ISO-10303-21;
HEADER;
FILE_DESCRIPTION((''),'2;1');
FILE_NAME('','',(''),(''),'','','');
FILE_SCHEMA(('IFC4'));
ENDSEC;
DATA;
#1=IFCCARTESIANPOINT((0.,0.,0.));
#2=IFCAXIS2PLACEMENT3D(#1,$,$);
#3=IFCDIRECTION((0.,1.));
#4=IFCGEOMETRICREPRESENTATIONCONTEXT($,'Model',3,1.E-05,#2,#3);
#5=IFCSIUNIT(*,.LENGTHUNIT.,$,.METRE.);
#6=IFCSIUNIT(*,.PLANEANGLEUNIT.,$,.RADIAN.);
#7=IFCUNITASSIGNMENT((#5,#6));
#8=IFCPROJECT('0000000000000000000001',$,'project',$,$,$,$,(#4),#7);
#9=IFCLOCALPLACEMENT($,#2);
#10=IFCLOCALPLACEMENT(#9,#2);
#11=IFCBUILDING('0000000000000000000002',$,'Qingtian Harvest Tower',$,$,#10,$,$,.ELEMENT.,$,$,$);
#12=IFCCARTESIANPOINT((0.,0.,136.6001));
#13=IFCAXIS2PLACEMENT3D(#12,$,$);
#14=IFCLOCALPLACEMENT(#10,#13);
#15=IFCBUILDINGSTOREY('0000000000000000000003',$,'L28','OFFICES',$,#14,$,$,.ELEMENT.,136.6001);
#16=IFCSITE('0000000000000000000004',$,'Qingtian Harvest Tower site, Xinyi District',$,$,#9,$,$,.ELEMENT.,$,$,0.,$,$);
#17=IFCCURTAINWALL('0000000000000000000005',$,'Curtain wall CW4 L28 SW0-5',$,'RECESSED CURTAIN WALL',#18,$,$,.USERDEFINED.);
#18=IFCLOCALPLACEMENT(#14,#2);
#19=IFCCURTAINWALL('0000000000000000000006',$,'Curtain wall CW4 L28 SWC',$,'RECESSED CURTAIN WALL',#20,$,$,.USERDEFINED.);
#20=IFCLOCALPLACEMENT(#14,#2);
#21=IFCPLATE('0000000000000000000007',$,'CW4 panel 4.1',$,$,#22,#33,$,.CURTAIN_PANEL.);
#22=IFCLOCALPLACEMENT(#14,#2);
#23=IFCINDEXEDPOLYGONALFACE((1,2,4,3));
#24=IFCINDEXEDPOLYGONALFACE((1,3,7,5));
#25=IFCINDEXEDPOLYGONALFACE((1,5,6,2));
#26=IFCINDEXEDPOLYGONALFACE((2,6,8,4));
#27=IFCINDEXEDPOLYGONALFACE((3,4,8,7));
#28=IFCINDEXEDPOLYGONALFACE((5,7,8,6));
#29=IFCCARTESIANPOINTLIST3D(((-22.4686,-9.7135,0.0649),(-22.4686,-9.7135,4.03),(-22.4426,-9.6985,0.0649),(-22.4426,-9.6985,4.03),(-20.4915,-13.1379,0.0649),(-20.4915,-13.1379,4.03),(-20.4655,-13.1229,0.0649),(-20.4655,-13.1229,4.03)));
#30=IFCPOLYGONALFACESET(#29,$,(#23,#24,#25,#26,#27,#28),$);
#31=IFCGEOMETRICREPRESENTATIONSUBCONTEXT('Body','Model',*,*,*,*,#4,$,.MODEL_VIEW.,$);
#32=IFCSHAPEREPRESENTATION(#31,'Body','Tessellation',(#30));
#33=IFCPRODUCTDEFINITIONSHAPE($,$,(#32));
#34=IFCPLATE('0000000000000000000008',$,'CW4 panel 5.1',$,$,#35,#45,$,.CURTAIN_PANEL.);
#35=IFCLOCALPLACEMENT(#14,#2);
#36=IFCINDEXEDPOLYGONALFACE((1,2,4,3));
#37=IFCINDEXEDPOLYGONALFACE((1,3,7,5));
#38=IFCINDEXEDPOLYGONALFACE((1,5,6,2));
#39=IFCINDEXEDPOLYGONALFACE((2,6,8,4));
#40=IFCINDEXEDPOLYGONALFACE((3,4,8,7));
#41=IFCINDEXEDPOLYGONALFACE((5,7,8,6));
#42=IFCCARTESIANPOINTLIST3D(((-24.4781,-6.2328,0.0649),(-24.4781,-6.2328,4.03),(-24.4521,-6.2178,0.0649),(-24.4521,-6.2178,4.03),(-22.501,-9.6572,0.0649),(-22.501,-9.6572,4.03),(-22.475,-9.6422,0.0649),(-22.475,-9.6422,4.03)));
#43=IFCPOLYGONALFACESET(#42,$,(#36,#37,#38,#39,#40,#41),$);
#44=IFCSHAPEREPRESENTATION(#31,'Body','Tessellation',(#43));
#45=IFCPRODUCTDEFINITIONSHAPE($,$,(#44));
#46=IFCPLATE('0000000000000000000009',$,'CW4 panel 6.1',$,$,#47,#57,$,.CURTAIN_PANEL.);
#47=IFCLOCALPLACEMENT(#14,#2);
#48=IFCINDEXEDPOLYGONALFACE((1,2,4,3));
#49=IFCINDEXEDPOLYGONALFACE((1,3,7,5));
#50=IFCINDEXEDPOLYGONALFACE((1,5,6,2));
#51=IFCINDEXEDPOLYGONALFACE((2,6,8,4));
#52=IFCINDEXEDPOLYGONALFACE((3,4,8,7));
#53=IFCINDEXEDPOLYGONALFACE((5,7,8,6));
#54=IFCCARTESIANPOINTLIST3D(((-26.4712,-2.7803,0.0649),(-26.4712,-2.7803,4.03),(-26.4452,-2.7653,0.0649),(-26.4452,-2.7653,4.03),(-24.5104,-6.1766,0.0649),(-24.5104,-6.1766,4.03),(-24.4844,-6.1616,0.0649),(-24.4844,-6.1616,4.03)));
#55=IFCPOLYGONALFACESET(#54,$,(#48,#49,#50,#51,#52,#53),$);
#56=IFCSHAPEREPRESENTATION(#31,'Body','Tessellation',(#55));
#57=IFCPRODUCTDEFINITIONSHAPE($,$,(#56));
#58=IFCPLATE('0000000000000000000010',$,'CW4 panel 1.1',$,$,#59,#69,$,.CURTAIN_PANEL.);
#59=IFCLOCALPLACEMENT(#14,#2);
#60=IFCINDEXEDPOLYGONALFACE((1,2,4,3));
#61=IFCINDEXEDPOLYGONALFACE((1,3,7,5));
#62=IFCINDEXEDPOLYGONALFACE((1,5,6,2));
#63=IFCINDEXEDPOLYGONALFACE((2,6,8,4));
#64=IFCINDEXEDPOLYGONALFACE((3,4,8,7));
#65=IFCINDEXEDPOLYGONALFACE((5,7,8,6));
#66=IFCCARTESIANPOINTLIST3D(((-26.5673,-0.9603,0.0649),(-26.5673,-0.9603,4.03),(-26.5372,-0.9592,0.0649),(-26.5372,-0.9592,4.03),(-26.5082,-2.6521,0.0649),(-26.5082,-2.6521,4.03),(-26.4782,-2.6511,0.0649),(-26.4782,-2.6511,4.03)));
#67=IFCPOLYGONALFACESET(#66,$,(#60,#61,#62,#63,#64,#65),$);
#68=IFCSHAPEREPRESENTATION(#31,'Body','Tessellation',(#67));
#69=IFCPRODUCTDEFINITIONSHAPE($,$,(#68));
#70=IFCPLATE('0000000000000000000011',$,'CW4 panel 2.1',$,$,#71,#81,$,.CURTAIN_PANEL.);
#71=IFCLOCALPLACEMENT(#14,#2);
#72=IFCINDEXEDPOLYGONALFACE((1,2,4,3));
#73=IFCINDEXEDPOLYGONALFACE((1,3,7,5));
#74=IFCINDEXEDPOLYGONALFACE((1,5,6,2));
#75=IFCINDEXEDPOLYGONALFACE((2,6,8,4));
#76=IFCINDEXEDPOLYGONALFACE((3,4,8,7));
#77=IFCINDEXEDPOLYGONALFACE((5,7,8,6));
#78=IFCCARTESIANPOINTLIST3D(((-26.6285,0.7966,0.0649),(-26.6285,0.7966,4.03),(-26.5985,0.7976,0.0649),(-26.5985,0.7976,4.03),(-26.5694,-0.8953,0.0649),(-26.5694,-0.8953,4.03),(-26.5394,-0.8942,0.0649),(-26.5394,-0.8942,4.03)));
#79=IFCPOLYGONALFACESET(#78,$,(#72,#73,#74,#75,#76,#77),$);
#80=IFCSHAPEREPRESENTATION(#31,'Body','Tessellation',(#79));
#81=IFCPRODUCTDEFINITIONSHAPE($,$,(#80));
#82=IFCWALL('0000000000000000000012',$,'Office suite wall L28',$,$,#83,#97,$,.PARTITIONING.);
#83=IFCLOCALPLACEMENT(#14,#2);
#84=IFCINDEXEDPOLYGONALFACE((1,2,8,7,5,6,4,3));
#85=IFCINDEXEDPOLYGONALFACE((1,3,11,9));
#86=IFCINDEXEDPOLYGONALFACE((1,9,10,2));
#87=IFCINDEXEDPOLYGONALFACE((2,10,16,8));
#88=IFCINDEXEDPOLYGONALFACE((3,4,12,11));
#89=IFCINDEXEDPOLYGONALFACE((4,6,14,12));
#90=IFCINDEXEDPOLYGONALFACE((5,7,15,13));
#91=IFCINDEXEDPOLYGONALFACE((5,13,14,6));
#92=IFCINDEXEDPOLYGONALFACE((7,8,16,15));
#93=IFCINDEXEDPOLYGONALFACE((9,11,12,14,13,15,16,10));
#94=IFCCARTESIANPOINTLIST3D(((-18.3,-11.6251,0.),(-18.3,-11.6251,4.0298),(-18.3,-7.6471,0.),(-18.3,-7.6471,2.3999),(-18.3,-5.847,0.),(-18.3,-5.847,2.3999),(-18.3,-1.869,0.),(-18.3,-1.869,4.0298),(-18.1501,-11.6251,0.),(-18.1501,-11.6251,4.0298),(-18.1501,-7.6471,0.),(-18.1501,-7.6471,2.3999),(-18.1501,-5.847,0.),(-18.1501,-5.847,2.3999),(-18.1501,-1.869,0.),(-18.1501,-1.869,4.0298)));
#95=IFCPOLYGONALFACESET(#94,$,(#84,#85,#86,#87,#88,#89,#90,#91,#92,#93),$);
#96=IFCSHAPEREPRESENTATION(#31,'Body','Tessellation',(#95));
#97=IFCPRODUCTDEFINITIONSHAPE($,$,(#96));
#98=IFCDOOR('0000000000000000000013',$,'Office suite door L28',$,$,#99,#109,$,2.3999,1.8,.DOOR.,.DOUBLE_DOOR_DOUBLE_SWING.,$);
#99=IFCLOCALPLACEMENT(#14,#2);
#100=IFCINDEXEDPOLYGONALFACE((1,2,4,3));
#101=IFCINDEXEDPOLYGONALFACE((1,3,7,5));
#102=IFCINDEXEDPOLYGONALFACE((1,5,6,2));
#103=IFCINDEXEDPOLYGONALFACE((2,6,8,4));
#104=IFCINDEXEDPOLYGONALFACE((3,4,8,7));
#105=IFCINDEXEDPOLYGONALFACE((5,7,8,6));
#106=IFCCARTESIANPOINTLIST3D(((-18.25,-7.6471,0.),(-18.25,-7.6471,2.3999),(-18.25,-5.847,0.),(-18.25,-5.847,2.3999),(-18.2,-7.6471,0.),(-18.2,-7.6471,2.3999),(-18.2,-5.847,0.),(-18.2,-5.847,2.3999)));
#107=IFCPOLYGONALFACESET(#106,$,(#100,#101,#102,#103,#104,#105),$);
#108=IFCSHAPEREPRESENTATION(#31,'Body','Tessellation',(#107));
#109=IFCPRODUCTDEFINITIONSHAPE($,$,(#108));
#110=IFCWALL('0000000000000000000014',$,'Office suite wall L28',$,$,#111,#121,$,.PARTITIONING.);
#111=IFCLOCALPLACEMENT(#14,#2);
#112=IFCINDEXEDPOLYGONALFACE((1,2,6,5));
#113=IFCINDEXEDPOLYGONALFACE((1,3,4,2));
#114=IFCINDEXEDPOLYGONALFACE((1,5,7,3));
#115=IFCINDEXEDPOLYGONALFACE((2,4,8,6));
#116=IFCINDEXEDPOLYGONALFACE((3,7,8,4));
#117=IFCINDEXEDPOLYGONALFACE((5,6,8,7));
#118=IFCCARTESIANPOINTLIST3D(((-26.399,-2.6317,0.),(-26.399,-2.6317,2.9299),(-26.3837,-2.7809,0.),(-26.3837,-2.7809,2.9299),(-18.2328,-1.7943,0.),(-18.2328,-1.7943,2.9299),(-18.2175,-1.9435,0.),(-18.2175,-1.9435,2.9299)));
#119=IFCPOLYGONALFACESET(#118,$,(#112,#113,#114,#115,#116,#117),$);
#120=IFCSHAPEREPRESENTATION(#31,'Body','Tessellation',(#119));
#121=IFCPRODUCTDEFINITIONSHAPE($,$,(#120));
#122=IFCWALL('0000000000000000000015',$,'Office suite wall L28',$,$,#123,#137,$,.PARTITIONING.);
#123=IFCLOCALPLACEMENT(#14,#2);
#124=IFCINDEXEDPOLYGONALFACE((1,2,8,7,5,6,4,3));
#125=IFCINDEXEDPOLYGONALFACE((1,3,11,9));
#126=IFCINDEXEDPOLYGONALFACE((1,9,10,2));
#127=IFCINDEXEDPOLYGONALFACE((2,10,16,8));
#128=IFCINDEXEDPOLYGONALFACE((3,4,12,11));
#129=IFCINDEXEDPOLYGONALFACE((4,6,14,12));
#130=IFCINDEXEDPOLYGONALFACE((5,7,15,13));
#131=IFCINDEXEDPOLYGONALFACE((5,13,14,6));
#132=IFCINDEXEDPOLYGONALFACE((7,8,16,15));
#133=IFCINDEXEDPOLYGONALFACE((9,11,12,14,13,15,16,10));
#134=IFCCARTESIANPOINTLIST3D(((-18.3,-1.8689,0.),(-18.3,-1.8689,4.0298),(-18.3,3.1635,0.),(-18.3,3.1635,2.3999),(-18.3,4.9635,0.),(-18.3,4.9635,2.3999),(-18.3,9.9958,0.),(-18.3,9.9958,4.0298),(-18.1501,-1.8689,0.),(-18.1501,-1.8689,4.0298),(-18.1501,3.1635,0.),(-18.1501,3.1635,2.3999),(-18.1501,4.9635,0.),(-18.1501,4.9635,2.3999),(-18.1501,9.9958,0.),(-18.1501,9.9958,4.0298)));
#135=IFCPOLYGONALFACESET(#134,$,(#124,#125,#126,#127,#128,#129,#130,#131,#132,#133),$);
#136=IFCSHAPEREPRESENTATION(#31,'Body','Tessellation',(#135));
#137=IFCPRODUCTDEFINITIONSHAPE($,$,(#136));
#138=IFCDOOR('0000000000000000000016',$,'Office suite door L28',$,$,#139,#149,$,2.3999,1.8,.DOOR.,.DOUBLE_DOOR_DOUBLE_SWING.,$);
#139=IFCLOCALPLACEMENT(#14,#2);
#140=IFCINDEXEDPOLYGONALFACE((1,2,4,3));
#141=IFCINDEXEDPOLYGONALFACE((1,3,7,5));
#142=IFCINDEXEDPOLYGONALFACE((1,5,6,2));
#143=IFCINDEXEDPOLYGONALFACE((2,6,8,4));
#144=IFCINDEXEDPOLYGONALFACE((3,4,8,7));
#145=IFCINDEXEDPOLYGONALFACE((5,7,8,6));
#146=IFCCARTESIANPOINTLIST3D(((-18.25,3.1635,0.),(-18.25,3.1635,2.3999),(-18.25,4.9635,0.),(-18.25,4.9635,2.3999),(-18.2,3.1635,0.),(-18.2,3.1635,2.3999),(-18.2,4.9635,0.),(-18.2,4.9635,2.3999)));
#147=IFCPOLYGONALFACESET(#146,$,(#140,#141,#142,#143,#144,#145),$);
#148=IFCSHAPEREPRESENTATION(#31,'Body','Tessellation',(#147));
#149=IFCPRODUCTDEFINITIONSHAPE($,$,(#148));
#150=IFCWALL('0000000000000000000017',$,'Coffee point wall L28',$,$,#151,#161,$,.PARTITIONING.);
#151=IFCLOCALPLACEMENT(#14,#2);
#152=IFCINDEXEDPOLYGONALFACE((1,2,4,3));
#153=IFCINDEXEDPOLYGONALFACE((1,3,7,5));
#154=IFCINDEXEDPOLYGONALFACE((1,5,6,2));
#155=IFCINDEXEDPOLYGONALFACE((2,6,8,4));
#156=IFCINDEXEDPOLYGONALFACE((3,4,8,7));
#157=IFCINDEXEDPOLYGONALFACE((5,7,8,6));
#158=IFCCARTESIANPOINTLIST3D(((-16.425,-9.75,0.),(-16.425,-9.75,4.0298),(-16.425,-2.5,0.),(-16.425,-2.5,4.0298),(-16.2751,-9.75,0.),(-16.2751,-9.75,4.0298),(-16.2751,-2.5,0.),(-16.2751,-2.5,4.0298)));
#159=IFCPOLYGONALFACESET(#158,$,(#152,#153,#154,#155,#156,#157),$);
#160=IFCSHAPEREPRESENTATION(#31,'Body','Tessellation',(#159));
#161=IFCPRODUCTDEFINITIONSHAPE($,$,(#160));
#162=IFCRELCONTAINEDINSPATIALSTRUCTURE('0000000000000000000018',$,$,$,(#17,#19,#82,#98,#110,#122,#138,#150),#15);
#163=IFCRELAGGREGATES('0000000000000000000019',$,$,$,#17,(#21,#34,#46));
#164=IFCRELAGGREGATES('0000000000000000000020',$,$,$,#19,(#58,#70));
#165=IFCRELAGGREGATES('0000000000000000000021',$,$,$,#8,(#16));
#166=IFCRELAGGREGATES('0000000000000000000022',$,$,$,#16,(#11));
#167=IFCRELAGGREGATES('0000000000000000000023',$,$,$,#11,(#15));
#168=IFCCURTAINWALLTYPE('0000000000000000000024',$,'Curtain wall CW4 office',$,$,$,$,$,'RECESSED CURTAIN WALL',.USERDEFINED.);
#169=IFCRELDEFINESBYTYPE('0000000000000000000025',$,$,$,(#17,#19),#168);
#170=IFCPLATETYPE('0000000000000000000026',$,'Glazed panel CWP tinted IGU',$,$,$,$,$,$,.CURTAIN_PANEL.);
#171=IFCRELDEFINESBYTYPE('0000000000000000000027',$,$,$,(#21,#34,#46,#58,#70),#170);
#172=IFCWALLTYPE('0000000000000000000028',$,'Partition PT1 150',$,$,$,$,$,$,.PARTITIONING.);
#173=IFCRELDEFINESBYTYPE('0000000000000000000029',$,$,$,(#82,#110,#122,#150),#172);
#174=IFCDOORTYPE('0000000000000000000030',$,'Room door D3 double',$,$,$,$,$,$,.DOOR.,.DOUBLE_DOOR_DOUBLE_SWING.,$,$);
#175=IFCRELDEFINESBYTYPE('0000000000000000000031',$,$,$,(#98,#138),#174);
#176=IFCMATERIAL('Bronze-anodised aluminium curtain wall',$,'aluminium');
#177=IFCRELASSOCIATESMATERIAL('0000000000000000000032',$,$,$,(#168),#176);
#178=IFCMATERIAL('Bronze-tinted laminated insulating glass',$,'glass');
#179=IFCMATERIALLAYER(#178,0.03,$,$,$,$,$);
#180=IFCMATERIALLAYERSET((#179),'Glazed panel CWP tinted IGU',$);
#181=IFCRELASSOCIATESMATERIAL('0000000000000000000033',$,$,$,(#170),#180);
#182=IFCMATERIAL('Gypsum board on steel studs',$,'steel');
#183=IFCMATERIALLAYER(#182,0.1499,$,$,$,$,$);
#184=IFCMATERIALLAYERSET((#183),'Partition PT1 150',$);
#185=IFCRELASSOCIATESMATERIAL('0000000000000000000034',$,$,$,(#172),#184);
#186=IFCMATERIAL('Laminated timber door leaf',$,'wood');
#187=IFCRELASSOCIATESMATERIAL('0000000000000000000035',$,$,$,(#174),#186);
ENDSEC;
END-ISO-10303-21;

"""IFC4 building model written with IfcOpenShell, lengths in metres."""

from ifc_helpers import new_model, si_unit, direction, frame, frame_2d, origin, origin_2d, place, context, subcontext, project, spatial, rectangle, extrude, material, layer, layer_set, type_object, element, fill, aggregate, save


model = new_model("IFC4")

# Units and contexts
model_context = context("Model", 3, precision=1e-05, world=origin(), true_north=direction((0.0, 1.0)))
body_context = subcontext(model_context, "Body", "Model", "MODEL_VIEW")
ifc_project = project(units=[si_unit("LENGTHUNIT", "METRE"), si_unit("PLANEANGLEUNIT", "RADIAN")], contexts=[model_context])

# Site, building, storey
site_placement = place(None, origin())
site = spatial("IfcSite", under=ifc_project, at=site_placement, Name="Qingtian Harvest Tower site, Xinyi District", CompositionType="ELEMENT", RefElevation=0.0)
building_placement = place(site_placement, origin())
building = spatial("IfcBuilding", under=site, at=building_placement, Name="Qingtian Harvest Tower", CompositionType="ELEMENT")
storey_placement = place(building_placement, frame((0.0, 0.0, 136.6001)))
storey = spatial("IfcBuildingStorey", under=building, at=storey_placement, Name="L28", Description="OFFICES", CompositionType="ELEMENT", Elevation=136.6001)

# Curtain walls
ifc_material_1 = material(Name="Bronze-anodised aluminium curtain wall", Category="aluminium")
curtain_wall_type = type_object("IfcCurtainWallType", Name="Curtain wall CW4 office", ElementType="RECESSED CURTAIN WALL", PredefinedType="USERDEFINED", material=ifc_material_1)
curtain_wall_1_placement = place(storey_placement, origin())
curtain_wall_1 = element("IfcCurtainWall", 1, at=curtain_wall_1_placement, inside=storey, type_object=curtain_wall_type, Name="Curtain wall CW4 L28 SW0-5", ObjectType="RECESSED CURTAIN WALL", PredefinedType="USERDEFINED")
curtain_wall_2_placement = place(storey_placement, origin())
curtain_wall_2 = element("IfcCurtainWall", 2, at=curtain_wall_2_placement, inside=storey, type_object=curtain_wall_type, Name="Curtain wall CW4 L28 SWC", ObjectType="RECESSED CURTAIN WALL", PredefinedType="USERDEFINED")

# Plates
ifc_material_2 = material(Name="Bronze-tinted laminated insulating glass", Category="glass")
ifc_layer_1 = layer(ifc_material_2, 0.03)
ifc_layer_set_1 = layer_set([ifc_layer_1], Name="Glazed panel CWP tinted IGU")
plate_type = type_object("IfcPlateType", Name="Glazed panel CWP tinted IGU", PredefinedType="CURTAIN_PANEL", material=ifc_layer_set_1)
plate_1_placement = place(storey_placement, frame((-21.467, -11.4182, 0.0649), z_axis=(0.0, 0.0, 1.0), x_axis=(-0.5, 0.866025, 0.0)))
plate_1 = element("IfcPlate", 3, at=plate_1_placement, type_object=plate_type, Name="CW4 panel 4.1", PredefinedType="CURTAIN_PANEL", context=body_context, shape_type="SweptSolid", body=[
    extrude(rectangle(XDim=3.9541, YDim=0.03, at=origin_2d()), origin(), (0.0, 0.0, 1.0), 3.9651),
])
plate_2_placement = place(storey_placement, frame((-23.4766, -7.9375, 0.0649), z_axis=(0.0, 0.0, 1.0), x_axis=(-0.5, 0.866025, 0.0)))
plate_2 = element("IfcPlate", 4, at=plate_2_placement, type_object=plate_type, Name="CW4 panel 5.1", PredefinedType="CURTAIN_PANEL", context=body_context, shape_type="SweptSolid", body=[
    extrude(rectangle(XDim=3.9541, YDim=0.03, at=origin_2d()), origin(), (0.0, 0.0, 1.0), 3.9651),
])
plate_3_placement = place(storey_placement, frame((-25.4778, -4.4709, 0.0649), z_axis=(0.0, 0.0, 1.0), x_axis=(-0.5, 0.866025, 0.0)))
plate_3 = element("IfcPlate", 5, at=plate_3_placement, type_object=plate_type, Name="CW4 panel 6.1", PredefinedType="CURTAIN_PANEL", context=body_context, shape_type="SweptSolid", body=[
    extrude(rectangle(XDim=3.9216, YDim=0.03, at=origin_2d()), origin(), (0.0, 0.0, 1.0), 3.9651),
])
aggregate(curtain_wall_1, [plate_1, plate_2, plate_3])
plate_4_placement = place(storey_placement, frame((-26.5227, -1.8057, 0.0649), z_axis=(0.0, 0.0, 1.0), x_axis=(-0.034899, 0.999391, 0.0)))
plate_4 = element("IfcPlate", 6, at=plate_4_placement, type_object=plate_type, Name="CW4 panel 1.1", PredefinedType="CURTAIN_PANEL", context=body_context, shape_type="SweptSolid", body=[
    extrude(rectangle(XDim=1.6929, YDim=0.03, at=origin_2d()), origin(), (0.0, 0.0, 1.0), 3.9651),
])
plate_5_placement = place(storey_placement, frame((-26.584, -0.0488, 0.0649), z_axis=(0.0, 0.0, 1.0), x_axis=(-0.034899, 0.999391, 0.0)))
plate_5 = element("IfcPlate", 7, at=plate_5_placement, type_object=plate_type, Name="CW4 panel 2.1", PredefinedType="CURTAIN_PANEL", context=body_context, shape_type="SweptSolid", body=[
    extrude(rectangle(XDim=1.6929, YDim=0.03, at=origin_2d()), origin(), (0.0, 0.0, 1.0), 3.9651),
])
aggregate(curtain_wall_2, [plate_4, plate_5])

# Wall, opening, door
ifc_material_3 = material(Name="Gypsum board on steel studs", Category="steel")
ifc_layer_2 = layer(ifc_material_3, 0.1499)
ifc_layer_set_2 = layer_set([ifc_layer_2], Name="Partition PT1 150")
wall_type = type_object("IfcWallType", Name="Partition PT1 150", PredefinedType="PARTITIONING", material=ifc_layer_set_2)
wall_1_placement = place(storey_placement, frame((-18.2251, -11.625, 0.0), z_axis=(0.0, 0.0, 1.0), x_axis=(0.0, 1.0, 0.0)))
wall_1 = element("IfcWall", 8, at=wall_1_placement, inside=storey, type_object=wall_type, Name="Office suite wall L28", PredefinedType="PARTITIONING", context=body_context, shape_type="SweptSolid", body=[
    extrude(rectangle(XDim=9.7561, YDim=0.1499, at=frame_2d((4.8779, 0.0))), origin(), (0.0, 0.0, 1.0), 4.0298),
])
opening_1_placement = place(wall_1_placement, frame((3.978, 0.0, 0.0)))
opening_1 = element("IfcOpeningElement", 9, at=opening_1_placement, cuts=wall_1, PredefinedType="OPENING", context=body_context, shape_type="SweptSolid", body=[
    extrude(rectangle(XDim=1.8, YDim=2.3999, at=frame_2d((0.8999, 1.2))), frame((0.0, 0.085, 0.0), z_axis=(0.0, -1.0, 0.0), x_axis=(1.0, 0.0, 0.0)), (0.0, 0.0, 1.0), 0.1699),
])
ifc_material_4 = material(Name="Laminated timber door leaf", Category="wood")
door_type = type_object("IfcDoorType", Name="Room door D3 double", OperationType="DOUBLE_DOOR_DOUBLE_SWING", PredefinedType="DOOR", material=ifc_material_4)
door_1_placement = place(opening_1_placement, origin())
door_1 = element("IfcDoor", 10, at=door_1_placement, inside=storey, type_object=door_type, Name="Office suite door L28", OperationType="DOUBLE_DOOR_DOUBLE_SWING", OverallHeight=2.3999, OverallWidth=1.8, PredefinedType="DOOR", context=body_context, shape_type="SweptSolid", body=[
    extrude(rectangle(XDim=1.8, YDim=2.3999, at=frame_2d((0.8999, 1.2))), frame((0.0, 0.0249, 0.0), z_axis=(0.0, -1.0, 0.0), x_axis=(1.0, 0.0, 0.0)), (0.0, 0.0, 1.0), 0.05),
])
fill(opening_1, door_1)

# Wall
wall_2_placement = place(storey_placement, frame((-26.3914, -2.7063, 0.0), z_axis=(0.0, 0.0, 1.0), x_axis=(0.994783, 0.102009, 0.0)))
element("IfcWall", 11, at=wall_2_placement, inside=storey, type_object=wall_type, Name="Office suite wall L28", PredefinedType="PARTITIONING", context=body_context, shape_type="SweptSolid", body=[
    extrude(rectangle(XDim=8.209, YDim=0.1499, at=frame_2d((4.1045, 0.0))), origin(), (0.0, 0.0, 1.0), 2.9299),
])

# Wall, opening, door
wall_3_placement = place(storey_placement, frame((-18.2251, -1.8689, 0.0), z_axis=(0.0, 0.0, 1.0), x_axis=(0.0, 1.0, 0.0)))
wall_3 = element("IfcWall", 12, at=wall_3_placement, inside=storey, type_object=wall_type, Name="Office suite wall L28", PredefinedType="PARTITIONING", context=body_context, shape_type="SweptSolid", body=[
    extrude(rectangle(XDim=11.8647, YDim=0.1499, at=frame_2d((5.9324, 0.0))), origin(), (0.0, 0.0, 1.0), 4.0298),
])
opening_2_placement = place(wall_3_placement, frame((5.0325, 0.0, 0.0)))
opening_2 = element("IfcOpeningElement", 13, at=opening_2_placement, cuts=wall_3, PredefinedType="OPENING", context=body_context, shape_type="SweptSolid", body=[
    extrude(rectangle(XDim=1.8, YDim=2.3999, at=frame_2d((0.8999, 1.2))), frame((0.0, 0.085, 0.0), z_axis=(0.0, -1.0, 0.0), x_axis=(1.0, 0.0, 0.0)), (0.0, 0.0, 1.0), 0.1699),
])
door_2_placement = place(opening_2_placement, origin())
door_2 = element("IfcDoor", 14, at=door_2_placement, inside=storey, type_object=door_type, Name="Office suite door L28", OperationType="DOUBLE_DOOR_DOUBLE_SWING", OverallHeight=2.3999, OverallWidth=1.8, PredefinedType="DOOR", context=body_context, shape_type="SweptSolid", body=[
    extrude(rectangle(XDim=1.8, YDim=2.3999, at=frame_2d((0.8999, 1.2))), frame((0.0, 0.0249, 0.0), z_axis=(0.0, -1.0, 0.0), x_axis=(1.0, 0.0, 0.0)), (0.0, 0.0, 1.0), 0.05),
])
fill(opening_2, door_2)

# Wall
wall_4_placement = place(storey_placement, frame((-16.3501, -9.75, 0.0), z_axis=(0.0, 0.0, 1.0), x_axis=(0.0, 1.0, 0.0)))
element("IfcWall", 15, at=wall_4_placement, inside=storey, type_object=wall_type, Name="Coffee point wall L28", PredefinedType="PARTITIONING", context=body_context, shape_type="SweptSolid", body=[
    extrude(rectangle(XDim=7.25, YDim=0.1499, at=frame_2d((3.625, 0.0))), origin(), (0.0, 0.0, 1.0), 4.0298),
])

save(model, "model.ifc")
